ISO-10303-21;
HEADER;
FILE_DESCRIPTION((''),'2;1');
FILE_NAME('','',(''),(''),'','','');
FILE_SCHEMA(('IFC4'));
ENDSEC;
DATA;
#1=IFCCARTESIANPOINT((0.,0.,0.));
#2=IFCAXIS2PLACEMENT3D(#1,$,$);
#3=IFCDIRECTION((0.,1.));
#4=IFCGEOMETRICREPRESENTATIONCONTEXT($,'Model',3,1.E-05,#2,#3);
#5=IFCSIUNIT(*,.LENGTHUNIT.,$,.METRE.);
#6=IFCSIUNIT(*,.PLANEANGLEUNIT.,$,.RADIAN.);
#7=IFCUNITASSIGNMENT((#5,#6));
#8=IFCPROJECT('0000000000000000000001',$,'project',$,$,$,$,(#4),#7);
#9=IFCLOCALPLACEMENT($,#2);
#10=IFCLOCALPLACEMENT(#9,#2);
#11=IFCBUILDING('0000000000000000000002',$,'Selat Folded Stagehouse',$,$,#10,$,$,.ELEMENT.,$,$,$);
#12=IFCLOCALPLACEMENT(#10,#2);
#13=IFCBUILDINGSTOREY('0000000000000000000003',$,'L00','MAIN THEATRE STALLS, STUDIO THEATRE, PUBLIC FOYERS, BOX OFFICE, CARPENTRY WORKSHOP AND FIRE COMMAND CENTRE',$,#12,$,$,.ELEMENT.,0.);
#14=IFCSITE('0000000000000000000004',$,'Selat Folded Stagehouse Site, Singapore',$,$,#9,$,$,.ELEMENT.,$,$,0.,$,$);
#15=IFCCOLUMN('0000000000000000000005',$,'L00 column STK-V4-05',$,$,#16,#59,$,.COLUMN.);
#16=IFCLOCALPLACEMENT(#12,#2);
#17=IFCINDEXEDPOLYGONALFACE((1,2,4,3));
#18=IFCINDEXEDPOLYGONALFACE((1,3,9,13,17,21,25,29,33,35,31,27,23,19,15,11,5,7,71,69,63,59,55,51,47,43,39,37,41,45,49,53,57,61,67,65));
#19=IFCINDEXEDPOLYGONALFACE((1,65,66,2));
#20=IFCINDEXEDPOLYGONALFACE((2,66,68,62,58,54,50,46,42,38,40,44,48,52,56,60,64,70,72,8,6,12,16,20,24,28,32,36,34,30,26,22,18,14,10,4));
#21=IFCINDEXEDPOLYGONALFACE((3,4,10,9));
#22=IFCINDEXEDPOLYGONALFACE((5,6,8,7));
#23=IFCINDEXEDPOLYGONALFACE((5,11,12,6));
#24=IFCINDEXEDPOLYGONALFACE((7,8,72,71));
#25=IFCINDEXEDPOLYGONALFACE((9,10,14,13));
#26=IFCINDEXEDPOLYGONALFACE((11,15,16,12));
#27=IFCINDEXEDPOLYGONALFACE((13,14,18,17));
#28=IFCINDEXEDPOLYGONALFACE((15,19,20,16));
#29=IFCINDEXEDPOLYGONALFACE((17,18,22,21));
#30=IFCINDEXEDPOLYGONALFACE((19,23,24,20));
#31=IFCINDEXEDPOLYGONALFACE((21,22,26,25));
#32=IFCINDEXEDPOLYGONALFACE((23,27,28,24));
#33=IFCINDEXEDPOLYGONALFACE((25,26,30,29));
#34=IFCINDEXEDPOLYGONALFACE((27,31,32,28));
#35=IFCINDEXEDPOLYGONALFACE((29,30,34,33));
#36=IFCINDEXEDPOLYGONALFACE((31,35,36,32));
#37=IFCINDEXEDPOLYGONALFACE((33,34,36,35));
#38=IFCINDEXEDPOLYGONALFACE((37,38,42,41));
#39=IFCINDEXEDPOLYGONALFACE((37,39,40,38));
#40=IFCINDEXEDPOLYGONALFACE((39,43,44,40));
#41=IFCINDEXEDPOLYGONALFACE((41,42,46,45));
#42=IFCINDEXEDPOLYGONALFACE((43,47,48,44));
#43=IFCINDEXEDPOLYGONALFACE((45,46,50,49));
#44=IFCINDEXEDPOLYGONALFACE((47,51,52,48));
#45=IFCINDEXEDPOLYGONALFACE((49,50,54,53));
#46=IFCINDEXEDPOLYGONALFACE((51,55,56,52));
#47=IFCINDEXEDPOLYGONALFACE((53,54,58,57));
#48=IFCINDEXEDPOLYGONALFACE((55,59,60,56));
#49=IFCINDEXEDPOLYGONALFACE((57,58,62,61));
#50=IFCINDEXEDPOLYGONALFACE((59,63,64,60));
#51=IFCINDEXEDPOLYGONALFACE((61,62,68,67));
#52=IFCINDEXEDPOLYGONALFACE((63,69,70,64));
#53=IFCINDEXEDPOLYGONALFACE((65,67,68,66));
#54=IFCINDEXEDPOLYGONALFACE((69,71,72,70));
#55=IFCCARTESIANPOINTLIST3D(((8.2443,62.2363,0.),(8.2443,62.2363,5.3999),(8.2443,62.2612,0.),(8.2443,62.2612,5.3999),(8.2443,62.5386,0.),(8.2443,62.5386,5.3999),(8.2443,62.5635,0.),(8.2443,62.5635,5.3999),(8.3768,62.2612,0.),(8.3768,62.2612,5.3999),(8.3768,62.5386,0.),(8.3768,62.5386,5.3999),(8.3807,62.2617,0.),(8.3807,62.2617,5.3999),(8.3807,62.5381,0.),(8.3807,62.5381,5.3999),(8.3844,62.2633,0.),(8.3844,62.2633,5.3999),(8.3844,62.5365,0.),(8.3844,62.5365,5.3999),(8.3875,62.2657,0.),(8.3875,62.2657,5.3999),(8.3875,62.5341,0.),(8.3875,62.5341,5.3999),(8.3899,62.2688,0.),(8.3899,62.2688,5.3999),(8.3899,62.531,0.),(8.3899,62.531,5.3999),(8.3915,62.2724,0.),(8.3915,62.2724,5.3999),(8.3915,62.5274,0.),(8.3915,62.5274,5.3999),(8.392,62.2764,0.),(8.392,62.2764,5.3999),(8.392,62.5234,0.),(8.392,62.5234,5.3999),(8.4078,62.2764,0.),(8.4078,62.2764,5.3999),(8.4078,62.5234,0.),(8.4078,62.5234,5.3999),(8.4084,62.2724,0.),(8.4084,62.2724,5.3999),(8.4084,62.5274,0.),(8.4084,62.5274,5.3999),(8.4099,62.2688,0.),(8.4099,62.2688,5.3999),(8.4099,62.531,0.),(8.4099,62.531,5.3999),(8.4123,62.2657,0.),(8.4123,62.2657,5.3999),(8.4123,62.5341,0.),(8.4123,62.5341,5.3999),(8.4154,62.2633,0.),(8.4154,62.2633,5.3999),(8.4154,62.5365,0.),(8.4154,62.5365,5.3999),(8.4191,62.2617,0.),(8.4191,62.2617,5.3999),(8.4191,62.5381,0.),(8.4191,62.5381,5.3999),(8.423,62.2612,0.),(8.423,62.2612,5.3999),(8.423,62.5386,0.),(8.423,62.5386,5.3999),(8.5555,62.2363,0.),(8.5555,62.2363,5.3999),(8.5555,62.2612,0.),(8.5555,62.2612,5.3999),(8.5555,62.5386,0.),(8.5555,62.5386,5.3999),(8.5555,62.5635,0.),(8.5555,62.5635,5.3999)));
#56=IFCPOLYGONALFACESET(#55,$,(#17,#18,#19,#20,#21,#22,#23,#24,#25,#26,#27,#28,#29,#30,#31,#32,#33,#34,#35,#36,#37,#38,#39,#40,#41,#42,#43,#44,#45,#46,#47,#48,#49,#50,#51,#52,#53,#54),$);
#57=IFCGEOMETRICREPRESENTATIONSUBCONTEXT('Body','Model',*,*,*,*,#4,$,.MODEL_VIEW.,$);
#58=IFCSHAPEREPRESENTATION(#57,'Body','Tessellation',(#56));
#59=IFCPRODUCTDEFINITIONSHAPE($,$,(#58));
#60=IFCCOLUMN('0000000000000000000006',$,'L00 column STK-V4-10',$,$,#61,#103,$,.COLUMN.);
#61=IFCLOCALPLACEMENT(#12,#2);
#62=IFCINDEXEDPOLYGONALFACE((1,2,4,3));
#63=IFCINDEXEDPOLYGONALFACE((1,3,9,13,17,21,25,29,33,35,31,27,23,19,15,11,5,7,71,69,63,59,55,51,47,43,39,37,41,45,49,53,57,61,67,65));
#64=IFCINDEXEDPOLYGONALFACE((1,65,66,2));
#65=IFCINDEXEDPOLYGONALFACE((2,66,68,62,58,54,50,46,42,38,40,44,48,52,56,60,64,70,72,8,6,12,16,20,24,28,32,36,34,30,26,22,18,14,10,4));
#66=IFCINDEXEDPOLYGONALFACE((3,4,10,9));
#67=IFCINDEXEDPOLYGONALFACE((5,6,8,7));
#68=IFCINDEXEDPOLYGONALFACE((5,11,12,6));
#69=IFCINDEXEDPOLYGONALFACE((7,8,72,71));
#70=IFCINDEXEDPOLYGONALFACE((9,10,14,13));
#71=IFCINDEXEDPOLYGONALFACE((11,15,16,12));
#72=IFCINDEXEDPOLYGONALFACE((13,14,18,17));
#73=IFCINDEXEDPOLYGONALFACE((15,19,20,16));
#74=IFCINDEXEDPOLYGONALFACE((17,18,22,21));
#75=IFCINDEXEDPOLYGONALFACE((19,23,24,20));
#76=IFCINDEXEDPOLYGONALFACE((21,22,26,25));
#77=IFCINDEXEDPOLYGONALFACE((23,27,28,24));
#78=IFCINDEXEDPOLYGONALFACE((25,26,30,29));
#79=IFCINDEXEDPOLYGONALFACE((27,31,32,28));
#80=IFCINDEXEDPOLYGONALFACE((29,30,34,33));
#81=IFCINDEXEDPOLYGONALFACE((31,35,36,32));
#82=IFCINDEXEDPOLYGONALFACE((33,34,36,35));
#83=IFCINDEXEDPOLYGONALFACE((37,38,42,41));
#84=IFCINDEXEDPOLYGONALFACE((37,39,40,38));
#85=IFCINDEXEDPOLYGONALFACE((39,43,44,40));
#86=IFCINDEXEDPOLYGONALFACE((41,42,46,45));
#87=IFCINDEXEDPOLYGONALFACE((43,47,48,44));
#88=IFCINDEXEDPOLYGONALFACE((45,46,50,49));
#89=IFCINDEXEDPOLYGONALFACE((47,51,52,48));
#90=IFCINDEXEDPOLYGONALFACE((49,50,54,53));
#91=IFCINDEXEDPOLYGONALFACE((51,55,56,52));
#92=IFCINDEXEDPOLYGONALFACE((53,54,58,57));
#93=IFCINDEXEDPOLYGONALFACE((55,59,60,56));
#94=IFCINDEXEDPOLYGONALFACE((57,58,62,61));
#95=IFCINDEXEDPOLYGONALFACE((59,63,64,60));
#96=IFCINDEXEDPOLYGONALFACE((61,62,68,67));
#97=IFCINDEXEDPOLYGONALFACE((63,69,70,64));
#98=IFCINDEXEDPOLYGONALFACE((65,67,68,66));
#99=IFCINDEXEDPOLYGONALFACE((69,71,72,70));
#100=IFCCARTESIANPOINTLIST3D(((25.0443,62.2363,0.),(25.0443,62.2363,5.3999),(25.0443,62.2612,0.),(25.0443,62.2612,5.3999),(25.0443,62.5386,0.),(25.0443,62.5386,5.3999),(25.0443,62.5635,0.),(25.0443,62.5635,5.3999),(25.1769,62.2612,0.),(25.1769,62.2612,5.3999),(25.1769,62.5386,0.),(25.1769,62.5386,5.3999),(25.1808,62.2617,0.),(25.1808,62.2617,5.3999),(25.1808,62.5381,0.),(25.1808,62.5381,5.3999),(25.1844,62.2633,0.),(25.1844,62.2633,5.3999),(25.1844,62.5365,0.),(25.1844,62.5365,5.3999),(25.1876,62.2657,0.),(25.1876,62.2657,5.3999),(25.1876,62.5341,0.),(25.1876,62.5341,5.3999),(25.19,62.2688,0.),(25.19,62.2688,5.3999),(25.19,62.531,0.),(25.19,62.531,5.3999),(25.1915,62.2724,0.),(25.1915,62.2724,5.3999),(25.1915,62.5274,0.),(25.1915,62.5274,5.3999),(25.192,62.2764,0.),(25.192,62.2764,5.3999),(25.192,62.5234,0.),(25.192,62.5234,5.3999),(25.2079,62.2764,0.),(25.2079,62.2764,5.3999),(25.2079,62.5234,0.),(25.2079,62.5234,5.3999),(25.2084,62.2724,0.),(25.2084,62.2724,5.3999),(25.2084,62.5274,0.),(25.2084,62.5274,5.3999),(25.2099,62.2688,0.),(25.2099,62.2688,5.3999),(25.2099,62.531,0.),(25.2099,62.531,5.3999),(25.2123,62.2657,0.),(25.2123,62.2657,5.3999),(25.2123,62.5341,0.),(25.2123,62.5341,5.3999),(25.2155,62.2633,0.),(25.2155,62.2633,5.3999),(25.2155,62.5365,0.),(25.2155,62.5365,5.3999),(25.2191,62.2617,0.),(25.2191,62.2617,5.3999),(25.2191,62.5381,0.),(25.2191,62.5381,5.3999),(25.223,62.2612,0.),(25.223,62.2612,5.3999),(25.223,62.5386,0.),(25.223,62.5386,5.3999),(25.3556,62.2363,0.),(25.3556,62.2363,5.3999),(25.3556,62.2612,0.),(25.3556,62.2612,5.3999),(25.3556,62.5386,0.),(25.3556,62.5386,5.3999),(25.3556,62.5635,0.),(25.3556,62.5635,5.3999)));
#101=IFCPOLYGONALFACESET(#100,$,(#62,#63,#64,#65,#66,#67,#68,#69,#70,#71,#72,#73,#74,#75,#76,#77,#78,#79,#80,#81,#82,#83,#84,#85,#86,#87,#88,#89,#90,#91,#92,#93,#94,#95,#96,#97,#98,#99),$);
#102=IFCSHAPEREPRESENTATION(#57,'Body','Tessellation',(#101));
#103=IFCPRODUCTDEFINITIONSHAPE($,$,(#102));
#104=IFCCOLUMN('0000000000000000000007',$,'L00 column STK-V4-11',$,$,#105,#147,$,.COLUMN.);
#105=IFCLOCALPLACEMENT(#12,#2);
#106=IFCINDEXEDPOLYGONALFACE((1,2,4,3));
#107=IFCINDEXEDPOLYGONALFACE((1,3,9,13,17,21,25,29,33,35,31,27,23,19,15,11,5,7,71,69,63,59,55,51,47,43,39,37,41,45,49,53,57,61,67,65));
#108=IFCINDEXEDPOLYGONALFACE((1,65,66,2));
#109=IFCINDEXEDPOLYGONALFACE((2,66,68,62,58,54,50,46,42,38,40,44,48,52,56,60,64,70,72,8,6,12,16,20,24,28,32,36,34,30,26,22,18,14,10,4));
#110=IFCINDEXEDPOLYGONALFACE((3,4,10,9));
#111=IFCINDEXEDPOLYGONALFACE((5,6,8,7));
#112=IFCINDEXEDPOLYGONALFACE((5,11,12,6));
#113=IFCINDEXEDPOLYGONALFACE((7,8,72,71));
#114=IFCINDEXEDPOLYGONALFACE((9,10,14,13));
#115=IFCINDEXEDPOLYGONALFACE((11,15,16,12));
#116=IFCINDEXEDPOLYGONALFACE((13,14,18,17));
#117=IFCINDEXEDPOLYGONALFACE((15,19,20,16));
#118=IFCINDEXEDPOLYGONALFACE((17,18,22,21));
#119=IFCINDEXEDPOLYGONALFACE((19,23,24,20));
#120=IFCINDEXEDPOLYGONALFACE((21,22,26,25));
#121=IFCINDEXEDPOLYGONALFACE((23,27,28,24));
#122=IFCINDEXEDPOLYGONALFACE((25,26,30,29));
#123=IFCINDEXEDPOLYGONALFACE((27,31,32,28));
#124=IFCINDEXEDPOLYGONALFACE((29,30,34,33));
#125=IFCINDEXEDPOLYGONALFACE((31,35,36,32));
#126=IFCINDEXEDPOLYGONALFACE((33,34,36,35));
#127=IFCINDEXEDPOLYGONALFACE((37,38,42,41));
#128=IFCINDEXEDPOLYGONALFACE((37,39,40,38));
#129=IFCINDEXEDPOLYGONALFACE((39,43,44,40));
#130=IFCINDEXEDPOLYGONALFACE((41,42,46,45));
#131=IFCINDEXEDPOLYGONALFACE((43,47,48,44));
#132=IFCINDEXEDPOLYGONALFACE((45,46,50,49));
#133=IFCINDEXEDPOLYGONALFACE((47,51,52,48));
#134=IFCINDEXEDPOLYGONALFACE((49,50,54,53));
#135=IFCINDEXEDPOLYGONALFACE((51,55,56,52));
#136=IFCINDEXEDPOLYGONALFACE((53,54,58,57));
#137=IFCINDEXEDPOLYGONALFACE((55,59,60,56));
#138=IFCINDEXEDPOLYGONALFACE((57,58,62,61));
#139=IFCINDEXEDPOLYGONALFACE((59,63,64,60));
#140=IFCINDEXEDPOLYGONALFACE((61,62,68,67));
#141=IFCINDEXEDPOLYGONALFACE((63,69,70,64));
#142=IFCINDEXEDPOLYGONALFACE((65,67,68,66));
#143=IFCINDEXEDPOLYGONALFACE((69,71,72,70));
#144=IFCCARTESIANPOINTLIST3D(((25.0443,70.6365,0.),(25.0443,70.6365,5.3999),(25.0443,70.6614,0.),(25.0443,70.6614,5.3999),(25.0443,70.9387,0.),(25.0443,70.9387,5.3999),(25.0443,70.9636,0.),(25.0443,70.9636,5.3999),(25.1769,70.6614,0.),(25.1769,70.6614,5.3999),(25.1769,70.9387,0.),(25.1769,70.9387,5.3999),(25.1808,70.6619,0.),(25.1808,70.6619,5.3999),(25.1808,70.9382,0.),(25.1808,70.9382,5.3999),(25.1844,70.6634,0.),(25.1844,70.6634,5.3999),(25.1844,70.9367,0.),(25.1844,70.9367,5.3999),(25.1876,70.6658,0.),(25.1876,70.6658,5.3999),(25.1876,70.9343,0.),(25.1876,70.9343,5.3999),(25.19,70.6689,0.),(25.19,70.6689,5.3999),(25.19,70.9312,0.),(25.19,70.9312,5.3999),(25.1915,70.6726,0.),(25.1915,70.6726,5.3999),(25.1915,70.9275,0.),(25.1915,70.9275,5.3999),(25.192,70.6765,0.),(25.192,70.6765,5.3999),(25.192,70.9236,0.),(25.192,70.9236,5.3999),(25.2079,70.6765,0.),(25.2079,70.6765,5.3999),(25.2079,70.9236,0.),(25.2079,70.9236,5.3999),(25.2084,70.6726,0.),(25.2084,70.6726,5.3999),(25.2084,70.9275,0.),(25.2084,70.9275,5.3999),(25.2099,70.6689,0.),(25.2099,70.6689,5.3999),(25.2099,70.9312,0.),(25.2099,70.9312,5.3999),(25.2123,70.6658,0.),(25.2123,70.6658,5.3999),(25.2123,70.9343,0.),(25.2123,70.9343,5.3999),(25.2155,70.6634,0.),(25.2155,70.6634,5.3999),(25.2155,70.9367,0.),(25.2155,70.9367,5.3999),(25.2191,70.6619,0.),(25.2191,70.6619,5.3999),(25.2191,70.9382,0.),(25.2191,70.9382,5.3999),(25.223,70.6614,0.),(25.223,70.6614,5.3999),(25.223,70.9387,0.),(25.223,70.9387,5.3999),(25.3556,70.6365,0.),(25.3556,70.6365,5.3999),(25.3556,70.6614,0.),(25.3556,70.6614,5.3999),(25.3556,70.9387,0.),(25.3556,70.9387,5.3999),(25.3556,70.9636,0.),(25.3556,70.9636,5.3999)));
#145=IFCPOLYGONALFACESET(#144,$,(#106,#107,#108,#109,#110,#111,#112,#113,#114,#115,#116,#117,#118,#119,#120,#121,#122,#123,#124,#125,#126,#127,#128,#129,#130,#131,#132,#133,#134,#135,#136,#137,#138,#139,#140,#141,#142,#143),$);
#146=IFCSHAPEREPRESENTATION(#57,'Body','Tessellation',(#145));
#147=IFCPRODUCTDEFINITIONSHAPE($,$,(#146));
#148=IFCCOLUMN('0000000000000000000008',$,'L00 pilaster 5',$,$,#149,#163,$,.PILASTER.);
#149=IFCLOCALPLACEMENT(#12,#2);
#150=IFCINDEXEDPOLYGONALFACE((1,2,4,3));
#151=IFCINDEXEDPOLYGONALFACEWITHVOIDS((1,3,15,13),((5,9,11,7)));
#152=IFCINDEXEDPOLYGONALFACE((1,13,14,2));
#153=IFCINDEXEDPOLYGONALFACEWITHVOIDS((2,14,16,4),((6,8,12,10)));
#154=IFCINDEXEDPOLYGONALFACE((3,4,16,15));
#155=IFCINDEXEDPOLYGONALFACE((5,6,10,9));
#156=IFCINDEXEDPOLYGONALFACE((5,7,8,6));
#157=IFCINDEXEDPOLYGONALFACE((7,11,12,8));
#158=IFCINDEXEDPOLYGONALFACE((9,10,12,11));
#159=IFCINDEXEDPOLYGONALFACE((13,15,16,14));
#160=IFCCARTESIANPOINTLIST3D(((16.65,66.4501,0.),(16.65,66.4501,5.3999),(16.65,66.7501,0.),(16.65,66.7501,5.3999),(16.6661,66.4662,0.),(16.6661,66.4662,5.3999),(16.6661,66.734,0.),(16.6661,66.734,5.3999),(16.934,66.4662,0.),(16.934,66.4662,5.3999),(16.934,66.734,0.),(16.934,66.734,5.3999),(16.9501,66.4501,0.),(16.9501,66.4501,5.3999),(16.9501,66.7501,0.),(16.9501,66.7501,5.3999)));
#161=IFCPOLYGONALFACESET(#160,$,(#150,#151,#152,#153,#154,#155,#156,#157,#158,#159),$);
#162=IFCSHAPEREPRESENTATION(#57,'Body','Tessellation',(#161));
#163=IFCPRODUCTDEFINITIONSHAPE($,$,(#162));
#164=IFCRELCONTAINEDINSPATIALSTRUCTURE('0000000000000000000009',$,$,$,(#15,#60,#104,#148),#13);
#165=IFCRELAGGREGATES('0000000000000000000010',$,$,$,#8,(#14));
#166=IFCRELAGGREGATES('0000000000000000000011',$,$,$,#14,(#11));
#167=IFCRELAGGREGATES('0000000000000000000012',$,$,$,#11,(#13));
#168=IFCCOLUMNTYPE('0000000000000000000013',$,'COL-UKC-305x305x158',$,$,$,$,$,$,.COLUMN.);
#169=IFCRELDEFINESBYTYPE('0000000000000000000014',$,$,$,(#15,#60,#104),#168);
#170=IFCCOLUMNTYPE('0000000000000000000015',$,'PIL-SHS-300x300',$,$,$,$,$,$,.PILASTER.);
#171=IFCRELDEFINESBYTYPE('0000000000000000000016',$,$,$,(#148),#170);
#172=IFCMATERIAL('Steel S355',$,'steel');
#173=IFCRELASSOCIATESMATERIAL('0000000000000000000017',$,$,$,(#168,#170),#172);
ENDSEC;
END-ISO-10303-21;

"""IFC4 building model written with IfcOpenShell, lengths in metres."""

from ifc_helpers import new_model, si_unit, direction, frame, origin, origin_2d, place, context, subcontext, project, spatial, hollow_rectangle, i_section, extrude, material, material_profile, profile_set, type_object, element, save


model = new_model("IFC4")

# Units and contexts
model_context = context("Model", 3, precision=1e-05, world=origin(), true_north=direction((0.0, 1.0)))
body_context = subcontext(model_context, "Body", "Model", "MODEL_VIEW")
ifc_project = project(units=[si_unit("LENGTHUNIT", "METRE"), si_unit("PLANEANGLEUNIT", "RADIAN")], contexts=[model_context])

# Site, building, storey
site_placement = place(None, origin())
site = spatial("IfcSite", under=ifc_project, at=site_placement, Name="Selat Folded Stagehouse Site, Singapore", CompositionType="ELEMENT", RefElevation=0.0)
building_placement = place(site_placement, origin())
building = spatial("IfcBuilding", under=site, at=building_placement, Name="Selat Folded Stagehouse", CompositionType="ELEMENT")
storey_placement = place(building_placement, origin())
storey = spatial("IfcBuildingStorey", under=building, at=storey_placement, Name="L00", Description="MAIN THEATRE STALLS, STUDIO THEATRE, PUBLIC FOYERS, BOX OFFICE, CARPENTRY WORKSHOP AND FIRE COMMAND CENTRE", CompositionType="ELEMENT", Elevation=0.0)

# Columns
ifc_material_1 = material(Name="Steel S355", Category="steel")
ifc_material_profile_1 = material_profile(ifc_material_1, i_section(OverallWidth=0.3113, OverallDepth=0.3271, WebThickness=0.0159, FlangeThickness=0.0249, FilletRadius=0.0151, at=origin_2d()), Name="UKC 305x305x158")
ifc_profile_set_1 = profile_set([ifc_material_profile_1], Name="Steel S355")
column_type_1 = type_object("IfcColumnType", Name="COL-UKC-305x305x158", PredefinedType="COLUMN", material=ifc_profile_set_1)
for number, where, z_axis, x_axis, name in (
    (1, (8.3999, 62.3999, 0.0), (0.0, 0.0, 1.0), (1.0, 0.0, 0.0), "L00 column STK-V4-05"),
    (2, (25.2, 62.3999, 0.0), (0.0, 0.0, 1.0), (1.0, 0.0, 0.0), "L00 column STK-V4-10"),
    (3, (25.2, 70.8, 0.0), (0.0, 0.0, 1.0), (1.0, 0.0, 0.0), "L00 column STK-V4-11"),
):
    element("IfcColumn", number, at=place(storey_placement, frame(where, z_axis=z_axis, x_axis=x_axis)), inside=storey, type_object=column_type_1, Name=name, PredefinedType="COLUMN", context=body_context, shape_type="SweptSolid", body=[
        extrude(i_section(OverallWidth=0.3113, OverallDepth=0.3271, WebThickness=0.0159, FlangeThickness=0.0249, FilletRadius=0.0151, at=origin_2d()), origin(), (0.0, 0.0, 1.0), 5.3999),
    ])
ifc_material_profile_2 = material_profile(ifc_material_1, hollow_rectangle(XDim=0.3, YDim=0.3, WallThickness=0.0161, at=origin_2d()), Name="SHS 300x300x16.0")
ifc_profile_set_2 = profile_set([ifc_material_profile_2], Name="Steel S355")
column_type_2 = type_object("IfcColumnType", Name="PIL-SHS-300x300", PredefinedType="PILASTER", material=ifc_profile_set_2)
column_placement = place(storey_placement, frame((16.8, 66.6001, 0.0), z_axis=(0.0, 0.0, 1.0), x_axis=(1.0, 0.0, 0.0)))
element("IfcColumn", 4, at=column_placement, inside=storey, type_object=column_type_2, Name="L00 pilaster 5", PredefinedType="PILASTER", context=body_context, shape_type="SweptSolid", body=[
    extrude(hollow_rectangle(XDim=0.3, YDim=0.3, WallThickness=0.0161, at=origin_2d()), origin(), (0.0, 0.0, 1.0), 5.3999),
])

save(model, "model.ifc")
